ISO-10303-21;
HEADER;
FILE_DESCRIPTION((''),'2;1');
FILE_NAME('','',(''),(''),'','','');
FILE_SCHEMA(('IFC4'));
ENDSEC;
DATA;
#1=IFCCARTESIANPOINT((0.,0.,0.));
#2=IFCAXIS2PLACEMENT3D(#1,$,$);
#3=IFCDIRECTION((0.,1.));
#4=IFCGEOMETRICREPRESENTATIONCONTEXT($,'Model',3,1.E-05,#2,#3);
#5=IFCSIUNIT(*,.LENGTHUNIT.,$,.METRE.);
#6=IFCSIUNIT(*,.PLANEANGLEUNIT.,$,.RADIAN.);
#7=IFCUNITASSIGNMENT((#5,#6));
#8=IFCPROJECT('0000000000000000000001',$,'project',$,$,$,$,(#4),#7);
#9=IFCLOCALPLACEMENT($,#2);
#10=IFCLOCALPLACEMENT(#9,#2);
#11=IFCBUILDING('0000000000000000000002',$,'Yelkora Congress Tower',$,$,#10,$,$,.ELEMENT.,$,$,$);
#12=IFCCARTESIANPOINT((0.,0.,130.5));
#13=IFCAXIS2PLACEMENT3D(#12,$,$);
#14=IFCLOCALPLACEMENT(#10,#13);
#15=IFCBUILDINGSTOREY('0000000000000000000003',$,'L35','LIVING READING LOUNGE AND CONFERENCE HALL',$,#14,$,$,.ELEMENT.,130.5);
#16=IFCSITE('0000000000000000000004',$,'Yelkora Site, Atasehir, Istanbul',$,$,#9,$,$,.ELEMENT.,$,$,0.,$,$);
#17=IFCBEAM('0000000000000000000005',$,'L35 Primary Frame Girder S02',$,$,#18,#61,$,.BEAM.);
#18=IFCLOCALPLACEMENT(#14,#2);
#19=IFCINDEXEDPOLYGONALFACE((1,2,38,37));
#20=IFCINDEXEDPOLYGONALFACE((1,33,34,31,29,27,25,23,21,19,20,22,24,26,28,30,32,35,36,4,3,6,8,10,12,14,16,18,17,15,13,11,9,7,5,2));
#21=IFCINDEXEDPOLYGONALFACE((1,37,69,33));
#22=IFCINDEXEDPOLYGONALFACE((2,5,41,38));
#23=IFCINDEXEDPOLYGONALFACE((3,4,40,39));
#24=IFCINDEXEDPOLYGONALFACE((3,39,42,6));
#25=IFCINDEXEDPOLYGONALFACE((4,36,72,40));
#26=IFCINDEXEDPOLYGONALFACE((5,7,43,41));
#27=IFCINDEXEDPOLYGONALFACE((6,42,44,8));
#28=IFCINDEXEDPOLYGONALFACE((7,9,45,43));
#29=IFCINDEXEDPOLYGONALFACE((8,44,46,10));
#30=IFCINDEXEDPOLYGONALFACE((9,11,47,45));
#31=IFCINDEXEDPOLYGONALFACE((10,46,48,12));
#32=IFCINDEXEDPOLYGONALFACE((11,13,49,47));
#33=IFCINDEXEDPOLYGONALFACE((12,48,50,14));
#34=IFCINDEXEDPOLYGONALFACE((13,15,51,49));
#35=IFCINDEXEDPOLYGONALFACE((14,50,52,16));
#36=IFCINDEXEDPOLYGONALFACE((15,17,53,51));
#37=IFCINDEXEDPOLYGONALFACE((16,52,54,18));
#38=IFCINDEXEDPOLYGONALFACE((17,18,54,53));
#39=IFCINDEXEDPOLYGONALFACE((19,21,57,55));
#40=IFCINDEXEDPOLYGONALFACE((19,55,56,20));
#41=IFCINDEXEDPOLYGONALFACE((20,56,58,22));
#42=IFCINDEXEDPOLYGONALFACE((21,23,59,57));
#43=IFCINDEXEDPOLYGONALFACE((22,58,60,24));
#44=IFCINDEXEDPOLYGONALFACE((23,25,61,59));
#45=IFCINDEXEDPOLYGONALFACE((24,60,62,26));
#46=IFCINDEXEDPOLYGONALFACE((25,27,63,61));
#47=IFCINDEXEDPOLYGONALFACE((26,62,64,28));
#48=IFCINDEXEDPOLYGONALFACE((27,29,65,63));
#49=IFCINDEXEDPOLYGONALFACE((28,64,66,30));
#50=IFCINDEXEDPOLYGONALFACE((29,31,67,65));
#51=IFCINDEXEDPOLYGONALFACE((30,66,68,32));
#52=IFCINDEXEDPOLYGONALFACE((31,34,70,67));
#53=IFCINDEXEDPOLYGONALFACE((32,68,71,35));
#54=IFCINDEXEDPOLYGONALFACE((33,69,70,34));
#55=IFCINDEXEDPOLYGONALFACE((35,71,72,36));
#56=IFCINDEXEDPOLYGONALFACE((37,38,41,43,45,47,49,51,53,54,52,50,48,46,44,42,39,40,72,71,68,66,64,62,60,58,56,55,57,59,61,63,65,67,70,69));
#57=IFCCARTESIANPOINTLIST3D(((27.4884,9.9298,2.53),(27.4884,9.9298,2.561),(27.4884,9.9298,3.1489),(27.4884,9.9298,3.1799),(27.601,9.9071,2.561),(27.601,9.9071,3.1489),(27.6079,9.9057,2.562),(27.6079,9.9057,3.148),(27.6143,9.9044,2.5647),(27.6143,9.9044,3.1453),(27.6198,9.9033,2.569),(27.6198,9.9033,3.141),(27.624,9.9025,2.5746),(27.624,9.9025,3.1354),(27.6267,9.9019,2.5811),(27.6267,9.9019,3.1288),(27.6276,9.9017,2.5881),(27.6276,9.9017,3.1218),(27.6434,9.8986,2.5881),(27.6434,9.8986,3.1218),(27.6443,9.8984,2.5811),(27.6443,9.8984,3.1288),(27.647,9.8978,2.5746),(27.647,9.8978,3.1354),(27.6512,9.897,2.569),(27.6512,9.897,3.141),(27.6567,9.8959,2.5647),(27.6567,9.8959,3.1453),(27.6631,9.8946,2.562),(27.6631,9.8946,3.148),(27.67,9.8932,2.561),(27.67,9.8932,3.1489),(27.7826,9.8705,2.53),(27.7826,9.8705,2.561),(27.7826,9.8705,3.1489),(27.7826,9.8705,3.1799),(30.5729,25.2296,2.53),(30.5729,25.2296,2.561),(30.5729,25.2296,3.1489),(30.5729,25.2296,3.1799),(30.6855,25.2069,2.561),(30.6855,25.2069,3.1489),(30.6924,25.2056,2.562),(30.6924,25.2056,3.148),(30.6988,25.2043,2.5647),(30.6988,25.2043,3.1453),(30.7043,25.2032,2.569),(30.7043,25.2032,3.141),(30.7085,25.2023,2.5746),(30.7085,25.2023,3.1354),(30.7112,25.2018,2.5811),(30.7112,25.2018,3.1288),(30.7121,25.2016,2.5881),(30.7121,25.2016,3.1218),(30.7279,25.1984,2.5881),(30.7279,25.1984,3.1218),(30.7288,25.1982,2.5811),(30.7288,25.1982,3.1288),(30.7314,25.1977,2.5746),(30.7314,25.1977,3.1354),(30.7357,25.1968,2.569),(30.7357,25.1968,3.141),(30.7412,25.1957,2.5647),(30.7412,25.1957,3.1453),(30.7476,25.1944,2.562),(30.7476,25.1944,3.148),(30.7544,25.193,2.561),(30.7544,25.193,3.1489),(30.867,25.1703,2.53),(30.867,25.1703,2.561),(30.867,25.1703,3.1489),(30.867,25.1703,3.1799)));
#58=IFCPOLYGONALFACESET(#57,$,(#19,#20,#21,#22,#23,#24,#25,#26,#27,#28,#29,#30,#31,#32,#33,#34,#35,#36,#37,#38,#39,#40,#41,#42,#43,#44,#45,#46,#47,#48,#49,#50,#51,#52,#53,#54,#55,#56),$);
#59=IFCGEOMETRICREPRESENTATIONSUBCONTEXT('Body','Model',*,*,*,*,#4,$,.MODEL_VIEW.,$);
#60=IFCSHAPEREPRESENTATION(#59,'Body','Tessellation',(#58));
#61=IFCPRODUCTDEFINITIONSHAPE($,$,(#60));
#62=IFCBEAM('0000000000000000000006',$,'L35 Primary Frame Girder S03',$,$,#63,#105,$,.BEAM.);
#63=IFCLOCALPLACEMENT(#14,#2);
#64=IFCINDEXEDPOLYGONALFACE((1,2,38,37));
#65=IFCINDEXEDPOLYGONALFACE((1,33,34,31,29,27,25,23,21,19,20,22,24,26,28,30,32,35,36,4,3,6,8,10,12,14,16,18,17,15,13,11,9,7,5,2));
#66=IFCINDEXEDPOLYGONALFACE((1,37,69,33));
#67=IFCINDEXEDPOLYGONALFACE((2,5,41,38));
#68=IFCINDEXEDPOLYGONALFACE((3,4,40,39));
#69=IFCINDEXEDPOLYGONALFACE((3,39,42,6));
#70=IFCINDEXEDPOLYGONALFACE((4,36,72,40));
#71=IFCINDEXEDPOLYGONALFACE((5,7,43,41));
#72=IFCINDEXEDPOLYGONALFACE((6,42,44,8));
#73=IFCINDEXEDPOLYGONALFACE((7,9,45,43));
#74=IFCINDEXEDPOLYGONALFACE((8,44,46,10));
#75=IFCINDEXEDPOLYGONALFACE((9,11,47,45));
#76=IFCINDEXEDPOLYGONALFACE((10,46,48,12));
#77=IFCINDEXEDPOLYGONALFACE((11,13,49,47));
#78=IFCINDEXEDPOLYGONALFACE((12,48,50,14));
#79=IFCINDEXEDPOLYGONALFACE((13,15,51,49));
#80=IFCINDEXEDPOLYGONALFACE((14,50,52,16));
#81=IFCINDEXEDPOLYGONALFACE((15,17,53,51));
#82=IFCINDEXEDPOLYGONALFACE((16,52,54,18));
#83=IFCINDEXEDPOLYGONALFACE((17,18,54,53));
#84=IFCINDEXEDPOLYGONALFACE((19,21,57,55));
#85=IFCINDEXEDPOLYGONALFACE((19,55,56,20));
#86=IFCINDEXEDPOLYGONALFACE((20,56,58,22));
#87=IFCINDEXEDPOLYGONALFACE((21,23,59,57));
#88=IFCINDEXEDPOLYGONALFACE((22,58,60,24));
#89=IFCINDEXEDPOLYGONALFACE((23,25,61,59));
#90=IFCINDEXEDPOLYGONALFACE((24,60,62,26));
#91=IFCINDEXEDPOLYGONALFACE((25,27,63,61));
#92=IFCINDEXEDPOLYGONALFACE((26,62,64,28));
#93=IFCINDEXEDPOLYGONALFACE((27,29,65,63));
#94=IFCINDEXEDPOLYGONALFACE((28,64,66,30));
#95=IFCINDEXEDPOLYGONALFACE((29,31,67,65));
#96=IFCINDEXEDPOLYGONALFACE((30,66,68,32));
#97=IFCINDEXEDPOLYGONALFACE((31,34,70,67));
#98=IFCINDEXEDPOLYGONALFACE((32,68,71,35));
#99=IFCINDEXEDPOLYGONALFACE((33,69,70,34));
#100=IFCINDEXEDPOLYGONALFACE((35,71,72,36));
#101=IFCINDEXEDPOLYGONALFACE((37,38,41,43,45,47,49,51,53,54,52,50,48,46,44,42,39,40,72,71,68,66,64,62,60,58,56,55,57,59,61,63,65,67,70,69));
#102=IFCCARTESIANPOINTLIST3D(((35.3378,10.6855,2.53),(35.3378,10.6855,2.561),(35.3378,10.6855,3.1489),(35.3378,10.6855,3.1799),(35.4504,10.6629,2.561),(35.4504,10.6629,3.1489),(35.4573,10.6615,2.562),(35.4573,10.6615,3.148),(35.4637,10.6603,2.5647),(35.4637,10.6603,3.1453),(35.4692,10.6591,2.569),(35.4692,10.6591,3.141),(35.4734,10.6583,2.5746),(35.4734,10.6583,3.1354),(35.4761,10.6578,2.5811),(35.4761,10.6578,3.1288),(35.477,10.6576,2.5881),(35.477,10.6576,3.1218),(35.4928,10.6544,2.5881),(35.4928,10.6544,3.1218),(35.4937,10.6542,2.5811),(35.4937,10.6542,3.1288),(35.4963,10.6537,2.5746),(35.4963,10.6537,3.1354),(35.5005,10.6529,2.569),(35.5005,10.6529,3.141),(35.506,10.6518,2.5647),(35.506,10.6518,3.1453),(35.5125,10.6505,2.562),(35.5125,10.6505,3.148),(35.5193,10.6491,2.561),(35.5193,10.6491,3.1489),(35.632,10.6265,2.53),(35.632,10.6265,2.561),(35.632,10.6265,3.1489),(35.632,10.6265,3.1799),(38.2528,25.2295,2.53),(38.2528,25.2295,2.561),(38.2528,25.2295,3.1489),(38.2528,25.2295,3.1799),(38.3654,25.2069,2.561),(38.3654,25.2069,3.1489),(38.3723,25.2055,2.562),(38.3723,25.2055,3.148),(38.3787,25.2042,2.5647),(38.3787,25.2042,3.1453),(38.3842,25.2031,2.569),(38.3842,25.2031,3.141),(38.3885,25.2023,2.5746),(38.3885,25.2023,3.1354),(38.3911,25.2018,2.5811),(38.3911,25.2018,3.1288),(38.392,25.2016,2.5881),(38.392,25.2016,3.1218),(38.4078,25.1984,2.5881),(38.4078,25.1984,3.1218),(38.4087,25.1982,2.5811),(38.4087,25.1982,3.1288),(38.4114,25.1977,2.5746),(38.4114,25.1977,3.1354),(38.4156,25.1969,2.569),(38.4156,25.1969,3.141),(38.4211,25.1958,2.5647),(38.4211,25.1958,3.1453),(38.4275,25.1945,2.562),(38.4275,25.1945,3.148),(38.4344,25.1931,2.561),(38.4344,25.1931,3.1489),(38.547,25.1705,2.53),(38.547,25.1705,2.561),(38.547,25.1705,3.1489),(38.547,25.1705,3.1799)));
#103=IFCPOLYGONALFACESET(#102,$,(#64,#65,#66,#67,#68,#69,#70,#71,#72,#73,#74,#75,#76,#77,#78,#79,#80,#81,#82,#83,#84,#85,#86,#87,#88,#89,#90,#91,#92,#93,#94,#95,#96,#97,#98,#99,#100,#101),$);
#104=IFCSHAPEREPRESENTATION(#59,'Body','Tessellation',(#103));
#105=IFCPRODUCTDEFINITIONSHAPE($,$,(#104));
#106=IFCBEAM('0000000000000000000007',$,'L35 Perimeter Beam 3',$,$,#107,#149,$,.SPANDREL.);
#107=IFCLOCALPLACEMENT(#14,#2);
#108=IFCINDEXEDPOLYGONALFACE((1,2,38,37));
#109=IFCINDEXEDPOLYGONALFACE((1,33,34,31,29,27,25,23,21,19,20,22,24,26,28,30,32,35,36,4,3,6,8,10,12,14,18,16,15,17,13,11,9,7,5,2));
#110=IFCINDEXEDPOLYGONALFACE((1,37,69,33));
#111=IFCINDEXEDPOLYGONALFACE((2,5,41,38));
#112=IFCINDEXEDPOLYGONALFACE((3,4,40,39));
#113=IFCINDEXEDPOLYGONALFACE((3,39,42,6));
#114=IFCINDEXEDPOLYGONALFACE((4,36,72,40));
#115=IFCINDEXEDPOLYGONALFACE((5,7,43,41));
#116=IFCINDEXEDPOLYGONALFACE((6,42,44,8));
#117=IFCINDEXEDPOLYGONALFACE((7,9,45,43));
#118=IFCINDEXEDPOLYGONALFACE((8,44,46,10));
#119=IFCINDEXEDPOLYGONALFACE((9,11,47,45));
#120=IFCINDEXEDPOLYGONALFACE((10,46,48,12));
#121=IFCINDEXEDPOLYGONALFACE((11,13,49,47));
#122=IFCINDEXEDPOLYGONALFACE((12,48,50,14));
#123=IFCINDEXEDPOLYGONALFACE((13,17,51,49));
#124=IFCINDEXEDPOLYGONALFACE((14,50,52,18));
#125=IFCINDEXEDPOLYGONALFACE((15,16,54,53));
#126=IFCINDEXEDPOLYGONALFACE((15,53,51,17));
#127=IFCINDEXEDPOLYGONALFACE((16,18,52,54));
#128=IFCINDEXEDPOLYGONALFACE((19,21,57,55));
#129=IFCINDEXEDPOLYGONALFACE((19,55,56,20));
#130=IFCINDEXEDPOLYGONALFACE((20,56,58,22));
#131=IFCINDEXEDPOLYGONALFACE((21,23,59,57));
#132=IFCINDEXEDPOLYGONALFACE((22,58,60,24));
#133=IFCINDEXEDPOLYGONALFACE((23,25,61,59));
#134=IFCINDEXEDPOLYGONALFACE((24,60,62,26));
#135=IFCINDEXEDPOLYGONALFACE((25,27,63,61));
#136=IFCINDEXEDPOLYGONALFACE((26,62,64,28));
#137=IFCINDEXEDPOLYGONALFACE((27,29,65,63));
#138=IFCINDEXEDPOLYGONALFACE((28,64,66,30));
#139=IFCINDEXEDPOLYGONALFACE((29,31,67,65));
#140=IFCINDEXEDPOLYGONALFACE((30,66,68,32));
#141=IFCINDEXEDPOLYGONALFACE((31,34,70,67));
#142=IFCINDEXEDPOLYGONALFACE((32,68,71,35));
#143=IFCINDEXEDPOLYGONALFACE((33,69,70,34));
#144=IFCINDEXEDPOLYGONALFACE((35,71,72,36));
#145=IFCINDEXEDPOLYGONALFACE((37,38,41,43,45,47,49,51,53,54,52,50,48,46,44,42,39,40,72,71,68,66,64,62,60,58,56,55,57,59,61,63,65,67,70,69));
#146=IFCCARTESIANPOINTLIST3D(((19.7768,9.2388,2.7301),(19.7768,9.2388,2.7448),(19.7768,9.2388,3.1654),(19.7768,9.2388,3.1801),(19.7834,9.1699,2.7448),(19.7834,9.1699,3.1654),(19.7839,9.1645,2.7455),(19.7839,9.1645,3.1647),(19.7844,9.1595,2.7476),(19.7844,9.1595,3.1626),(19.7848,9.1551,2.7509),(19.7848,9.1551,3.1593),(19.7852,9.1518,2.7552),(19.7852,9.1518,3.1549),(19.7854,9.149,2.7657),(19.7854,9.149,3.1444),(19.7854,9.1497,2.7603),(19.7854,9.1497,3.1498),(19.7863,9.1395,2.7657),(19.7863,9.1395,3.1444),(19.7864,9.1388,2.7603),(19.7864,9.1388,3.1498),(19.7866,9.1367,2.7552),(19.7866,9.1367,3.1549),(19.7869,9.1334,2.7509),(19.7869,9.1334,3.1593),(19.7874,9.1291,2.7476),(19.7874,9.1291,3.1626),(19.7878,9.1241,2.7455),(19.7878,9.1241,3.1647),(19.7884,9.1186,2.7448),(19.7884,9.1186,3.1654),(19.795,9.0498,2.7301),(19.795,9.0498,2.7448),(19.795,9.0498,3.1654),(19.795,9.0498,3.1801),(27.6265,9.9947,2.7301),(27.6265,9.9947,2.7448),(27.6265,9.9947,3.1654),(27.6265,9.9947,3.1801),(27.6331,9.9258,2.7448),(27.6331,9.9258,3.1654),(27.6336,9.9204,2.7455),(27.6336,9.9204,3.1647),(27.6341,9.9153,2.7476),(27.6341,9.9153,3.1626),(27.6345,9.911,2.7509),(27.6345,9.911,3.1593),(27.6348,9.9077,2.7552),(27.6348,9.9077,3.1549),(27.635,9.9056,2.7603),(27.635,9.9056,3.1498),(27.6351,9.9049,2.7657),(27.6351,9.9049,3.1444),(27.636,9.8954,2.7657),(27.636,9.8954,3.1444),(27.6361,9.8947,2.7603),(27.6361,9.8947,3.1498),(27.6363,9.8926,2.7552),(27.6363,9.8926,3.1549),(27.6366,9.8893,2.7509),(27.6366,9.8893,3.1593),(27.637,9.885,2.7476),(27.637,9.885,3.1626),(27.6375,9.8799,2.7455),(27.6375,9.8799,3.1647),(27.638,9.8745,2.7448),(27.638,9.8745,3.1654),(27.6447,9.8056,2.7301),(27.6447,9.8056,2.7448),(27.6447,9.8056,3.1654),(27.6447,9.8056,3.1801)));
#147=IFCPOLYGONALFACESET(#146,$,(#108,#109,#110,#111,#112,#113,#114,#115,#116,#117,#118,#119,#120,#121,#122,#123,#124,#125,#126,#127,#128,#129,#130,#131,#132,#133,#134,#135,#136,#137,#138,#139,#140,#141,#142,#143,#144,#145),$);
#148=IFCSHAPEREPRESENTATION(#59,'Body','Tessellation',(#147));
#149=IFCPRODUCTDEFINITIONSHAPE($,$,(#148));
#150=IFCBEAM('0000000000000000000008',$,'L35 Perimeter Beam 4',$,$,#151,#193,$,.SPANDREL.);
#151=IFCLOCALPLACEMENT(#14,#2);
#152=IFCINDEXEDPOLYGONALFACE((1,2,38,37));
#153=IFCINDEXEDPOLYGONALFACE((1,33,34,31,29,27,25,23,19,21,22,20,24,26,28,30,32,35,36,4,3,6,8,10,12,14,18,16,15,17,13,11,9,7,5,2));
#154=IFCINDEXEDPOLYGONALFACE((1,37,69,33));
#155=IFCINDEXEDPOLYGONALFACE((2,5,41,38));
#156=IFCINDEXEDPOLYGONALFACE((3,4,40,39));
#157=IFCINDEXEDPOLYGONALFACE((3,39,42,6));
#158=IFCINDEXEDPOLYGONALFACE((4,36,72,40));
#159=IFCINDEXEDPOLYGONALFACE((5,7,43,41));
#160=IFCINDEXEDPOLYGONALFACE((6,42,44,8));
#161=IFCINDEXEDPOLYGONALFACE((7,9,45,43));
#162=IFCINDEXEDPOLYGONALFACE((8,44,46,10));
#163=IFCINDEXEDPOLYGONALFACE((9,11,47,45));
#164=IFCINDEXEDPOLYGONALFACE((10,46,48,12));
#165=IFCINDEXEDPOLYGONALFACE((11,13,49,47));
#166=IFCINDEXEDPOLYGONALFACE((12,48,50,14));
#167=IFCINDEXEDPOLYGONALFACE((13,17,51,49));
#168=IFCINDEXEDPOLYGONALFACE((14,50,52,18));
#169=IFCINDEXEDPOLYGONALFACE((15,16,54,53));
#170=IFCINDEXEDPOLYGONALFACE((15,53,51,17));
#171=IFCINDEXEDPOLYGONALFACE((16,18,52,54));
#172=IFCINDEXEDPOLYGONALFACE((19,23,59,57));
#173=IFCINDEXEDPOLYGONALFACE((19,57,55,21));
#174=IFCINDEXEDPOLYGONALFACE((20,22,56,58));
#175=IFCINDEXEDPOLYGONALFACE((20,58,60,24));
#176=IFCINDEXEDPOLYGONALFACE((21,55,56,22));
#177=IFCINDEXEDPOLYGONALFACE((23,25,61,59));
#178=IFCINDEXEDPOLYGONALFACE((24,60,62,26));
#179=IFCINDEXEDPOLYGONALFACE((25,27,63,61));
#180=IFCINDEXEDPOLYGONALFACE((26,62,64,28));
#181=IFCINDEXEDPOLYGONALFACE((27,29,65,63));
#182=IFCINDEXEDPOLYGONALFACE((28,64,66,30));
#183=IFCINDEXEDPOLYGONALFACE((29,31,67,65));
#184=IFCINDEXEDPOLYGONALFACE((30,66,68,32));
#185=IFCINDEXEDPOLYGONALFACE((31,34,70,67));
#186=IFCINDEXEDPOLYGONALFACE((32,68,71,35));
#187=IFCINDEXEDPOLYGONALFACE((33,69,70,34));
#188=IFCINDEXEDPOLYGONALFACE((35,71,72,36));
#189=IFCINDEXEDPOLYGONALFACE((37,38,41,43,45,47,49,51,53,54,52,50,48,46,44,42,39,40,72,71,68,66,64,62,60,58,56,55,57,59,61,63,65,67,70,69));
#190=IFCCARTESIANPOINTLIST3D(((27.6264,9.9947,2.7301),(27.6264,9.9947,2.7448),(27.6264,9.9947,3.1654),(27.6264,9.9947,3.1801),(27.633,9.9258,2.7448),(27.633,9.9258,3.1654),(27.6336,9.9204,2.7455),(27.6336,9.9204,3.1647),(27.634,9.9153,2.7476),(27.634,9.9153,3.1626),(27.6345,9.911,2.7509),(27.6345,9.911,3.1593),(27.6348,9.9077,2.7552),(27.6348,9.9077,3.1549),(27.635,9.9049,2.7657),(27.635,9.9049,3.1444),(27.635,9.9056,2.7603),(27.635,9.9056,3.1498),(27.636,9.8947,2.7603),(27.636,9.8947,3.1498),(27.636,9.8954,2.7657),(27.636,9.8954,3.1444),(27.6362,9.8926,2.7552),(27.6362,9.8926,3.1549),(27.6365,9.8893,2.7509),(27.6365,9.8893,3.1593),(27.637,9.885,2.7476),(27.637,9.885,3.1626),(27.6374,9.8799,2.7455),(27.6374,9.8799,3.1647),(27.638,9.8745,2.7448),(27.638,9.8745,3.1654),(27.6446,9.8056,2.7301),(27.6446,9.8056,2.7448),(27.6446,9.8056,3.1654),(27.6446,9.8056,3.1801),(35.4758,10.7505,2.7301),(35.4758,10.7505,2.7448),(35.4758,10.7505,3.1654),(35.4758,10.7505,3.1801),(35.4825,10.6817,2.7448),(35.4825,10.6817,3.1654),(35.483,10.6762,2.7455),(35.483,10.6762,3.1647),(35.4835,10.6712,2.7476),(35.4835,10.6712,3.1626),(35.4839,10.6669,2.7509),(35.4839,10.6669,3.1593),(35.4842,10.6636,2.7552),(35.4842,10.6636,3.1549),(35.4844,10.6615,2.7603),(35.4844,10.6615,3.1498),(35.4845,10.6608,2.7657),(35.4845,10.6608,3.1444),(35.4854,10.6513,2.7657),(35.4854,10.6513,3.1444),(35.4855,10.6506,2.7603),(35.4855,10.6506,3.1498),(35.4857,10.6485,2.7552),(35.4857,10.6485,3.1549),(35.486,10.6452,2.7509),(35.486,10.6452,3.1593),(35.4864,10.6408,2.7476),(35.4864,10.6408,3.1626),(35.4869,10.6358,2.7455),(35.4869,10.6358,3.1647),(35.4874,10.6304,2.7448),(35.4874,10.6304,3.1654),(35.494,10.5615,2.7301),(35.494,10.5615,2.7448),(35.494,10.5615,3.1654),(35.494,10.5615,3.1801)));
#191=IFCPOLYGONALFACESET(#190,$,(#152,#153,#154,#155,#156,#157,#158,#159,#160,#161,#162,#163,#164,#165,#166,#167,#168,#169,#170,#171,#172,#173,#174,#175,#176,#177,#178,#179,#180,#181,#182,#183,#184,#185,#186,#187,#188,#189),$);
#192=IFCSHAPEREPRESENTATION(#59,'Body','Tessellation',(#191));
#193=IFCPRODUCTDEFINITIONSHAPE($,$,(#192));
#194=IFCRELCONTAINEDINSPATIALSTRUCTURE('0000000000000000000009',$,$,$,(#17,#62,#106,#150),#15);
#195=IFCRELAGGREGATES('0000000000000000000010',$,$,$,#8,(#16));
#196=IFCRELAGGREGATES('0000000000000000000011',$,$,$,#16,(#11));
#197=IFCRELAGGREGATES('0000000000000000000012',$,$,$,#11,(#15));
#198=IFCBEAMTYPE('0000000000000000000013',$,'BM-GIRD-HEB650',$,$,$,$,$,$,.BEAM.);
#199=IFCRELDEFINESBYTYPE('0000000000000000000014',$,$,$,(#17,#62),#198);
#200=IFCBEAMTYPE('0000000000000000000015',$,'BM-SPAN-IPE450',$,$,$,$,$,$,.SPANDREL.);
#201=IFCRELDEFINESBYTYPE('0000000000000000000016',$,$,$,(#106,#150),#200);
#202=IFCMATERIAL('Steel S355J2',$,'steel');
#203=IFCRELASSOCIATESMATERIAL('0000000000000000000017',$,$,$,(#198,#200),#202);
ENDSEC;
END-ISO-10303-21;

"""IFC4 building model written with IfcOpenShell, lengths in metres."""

from ifc_helpers import new_model, si_unit, direction, frame, origin, origin_2d, place, context, subcontext, project, spatial, i_section, extrude, material, material_profile, profile_set, type_object, element, save


model = new_model("IFC4")

# Units and contexts
model_context = context("Model", 3, precision=1e-05, world=origin(), true_north=direction((0.0, 1.0)))
body_context = subcontext(model_context, "Body", "Model", "MODEL_VIEW")
ifc_project = project(units=[si_unit("LENGTHUNIT", "METRE"), si_unit("PLANEANGLEUNIT", "RADIAN")], contexts=[model_context])

# Site, building, storey
site_placement = place(None, origin())
site = spatial("IfcSite", under=ifc_project, at=site_placement, Name="Yelkora Site, Atasehir, Istanbul", CompositionType="ELEMENT", RefElevation=0.0)
building_placement = place(site_placement, origin())
building = spatial("IfcBuilding", under=site, at=building_placement, Name="Yelkora Congress Tower", CompositionType="ELEMENT")
storey_placement = place(building_placement, frame((0.0, 0.0, 130.5)))
storey = spatial("IfcBuildingStorey", under=building, at=storey_placement, Name="L35", Description="LIVING READING LOUNGE AND CONFERENCE HALL", CompositionType="ELEMENT", Elevation=130.5)

# Beams
ifc_material_1 = material(Name="Steel S355J2", Category="steel")
ifc_material_profile_1 = material_profile(ifc_material_1, i_section(OverallWidth=0.3, OverallDepth=0.6499, WebThickness=0.0161, FlangeThickness=0.031, FilletRadius=0.0271, at=origin_2d()), Name="HEB 650")
ifc_profile_set_1 = profile_set([ifc_material_profile_1], Name="Steel S355J2")
beam_type_1 = type_object("IfcBeamType", Name="BM-GIRD-HEB650", PredefinedType="BEAM", material=ifc_profile_set_1)
beam_1_placement = place(storey_placement, frame((27.6355, 9.9001, 2.855), z_axis=(0.197626, 0.980277, 0.0), x_axis=(-0.980277, 0.197626, 0.0)))
element("IfcBeam", 1, at=beam_1_placement, inside=storey, type_object=beam_type_1, Name="L35 Primary Frame Girder S02", PredefinedType="BEAM", context=body_context, shape_type="SweptSolid", body=[
    extrude(i_section(OverallWidth=0.3, OverallDepth=0.6499, WebThickness=0.0161, FlangeThickness=0.031, FilletRadius=0.0271, at=origin_2d()), origin(), (0.0, 0.0, 1.0), 15.6077),
])
beam_2_placement = place(storey_placement, frame((35.4849, 10.656, 2.855), z_axis=(0.196521, 0.9805, 0.0), x_axis=(-0.9805, 0.196521, 0.0)))
element("IfcBeam", 2, at=beam_2_placement, inside=storey, type_object=beam_type_1, Name="L35 Primary Frame Girder S03", PredefinedType="BEAM", context=body_context, shape_type="SweptSolid", body=[
    extrude(i_section(OverallWidth=0.3, OverallDepth=0.6499, WebThickness=0.0161, FlangeThickness=0.031, FilletRadius=0.0271, at=origin_2d()), origin(), (0.0, 0.0, 1.0), 14.8333),
])
ifc_material_profile_2 = material_profile(ifc_material_1, i_section(OverallWidth=0.1899, OverallDepth=0.45, WebThickness=0.0095, FlangeThickness=0.0146, FilletRadius=0.021, at=origin_2d()), Name="IPE 450")
ifc_profile_set_2 = profile_set([ifc_material_profile_2], Name="Steel S355J2")
beam_type_2 = type_object("IfcBeamType", Name="BM-SPAN-IPE450", PredefinedType="SPANDREL", material=ifc_profile_set_2)
beam_3_placement = place(storey_placement, frame((19.7859, 9.1443, 2.9551), z_axis=(0.995396, 0.095849, 0.0), x_axis=(-0.095849, 0.995396, 0.0)))
element("IfcBeam", 3, at=beam_3_placement, inside=storey, type_object=beam_type_2, Name="L35 Perimeter Beam 3", PredefinedType="SPANDREL", context=body_context, shape_type="SweptSolid", body=[
    extrude(i_section(OverallWidth=0.1899, OverallDepth=0.45, WebThickness=0.0095, FlangeThickness=0.0146, FilletRadius=0.021, at=origin_2d()), origin(), (0.0, 0.0, 1.0), 7.886),
])
for number, where, z_axis, x_axis, name in (
    (4, (27.6355, 9.9001, 2.9551), (0.995396, 0.095852, 0.0), (-0.095852, 0.995396, 0.0), "L35 Perimeter Beam 4"),
):
    element("IfcBeam", number, at=place(storey_placement, frame(where, z_axis=z_axis, x_axis=x_axis)), inside=storey, type_object=beam_type_2, Name=name, PredefinedType="SPANDREL", context=body_context, shape_type="SweptSolid", body=[
        extrude(i_section(OverallWidth=0.1899, OverallDepth=0.45, WebThickness=0.0095, FlangeThickness=0.0146, FilletRadius=0.021, at=origin_2d()), origin(), (0.0, 0.0, 1.0), 7.8857),
    ])

save(model, "model.ifc")
